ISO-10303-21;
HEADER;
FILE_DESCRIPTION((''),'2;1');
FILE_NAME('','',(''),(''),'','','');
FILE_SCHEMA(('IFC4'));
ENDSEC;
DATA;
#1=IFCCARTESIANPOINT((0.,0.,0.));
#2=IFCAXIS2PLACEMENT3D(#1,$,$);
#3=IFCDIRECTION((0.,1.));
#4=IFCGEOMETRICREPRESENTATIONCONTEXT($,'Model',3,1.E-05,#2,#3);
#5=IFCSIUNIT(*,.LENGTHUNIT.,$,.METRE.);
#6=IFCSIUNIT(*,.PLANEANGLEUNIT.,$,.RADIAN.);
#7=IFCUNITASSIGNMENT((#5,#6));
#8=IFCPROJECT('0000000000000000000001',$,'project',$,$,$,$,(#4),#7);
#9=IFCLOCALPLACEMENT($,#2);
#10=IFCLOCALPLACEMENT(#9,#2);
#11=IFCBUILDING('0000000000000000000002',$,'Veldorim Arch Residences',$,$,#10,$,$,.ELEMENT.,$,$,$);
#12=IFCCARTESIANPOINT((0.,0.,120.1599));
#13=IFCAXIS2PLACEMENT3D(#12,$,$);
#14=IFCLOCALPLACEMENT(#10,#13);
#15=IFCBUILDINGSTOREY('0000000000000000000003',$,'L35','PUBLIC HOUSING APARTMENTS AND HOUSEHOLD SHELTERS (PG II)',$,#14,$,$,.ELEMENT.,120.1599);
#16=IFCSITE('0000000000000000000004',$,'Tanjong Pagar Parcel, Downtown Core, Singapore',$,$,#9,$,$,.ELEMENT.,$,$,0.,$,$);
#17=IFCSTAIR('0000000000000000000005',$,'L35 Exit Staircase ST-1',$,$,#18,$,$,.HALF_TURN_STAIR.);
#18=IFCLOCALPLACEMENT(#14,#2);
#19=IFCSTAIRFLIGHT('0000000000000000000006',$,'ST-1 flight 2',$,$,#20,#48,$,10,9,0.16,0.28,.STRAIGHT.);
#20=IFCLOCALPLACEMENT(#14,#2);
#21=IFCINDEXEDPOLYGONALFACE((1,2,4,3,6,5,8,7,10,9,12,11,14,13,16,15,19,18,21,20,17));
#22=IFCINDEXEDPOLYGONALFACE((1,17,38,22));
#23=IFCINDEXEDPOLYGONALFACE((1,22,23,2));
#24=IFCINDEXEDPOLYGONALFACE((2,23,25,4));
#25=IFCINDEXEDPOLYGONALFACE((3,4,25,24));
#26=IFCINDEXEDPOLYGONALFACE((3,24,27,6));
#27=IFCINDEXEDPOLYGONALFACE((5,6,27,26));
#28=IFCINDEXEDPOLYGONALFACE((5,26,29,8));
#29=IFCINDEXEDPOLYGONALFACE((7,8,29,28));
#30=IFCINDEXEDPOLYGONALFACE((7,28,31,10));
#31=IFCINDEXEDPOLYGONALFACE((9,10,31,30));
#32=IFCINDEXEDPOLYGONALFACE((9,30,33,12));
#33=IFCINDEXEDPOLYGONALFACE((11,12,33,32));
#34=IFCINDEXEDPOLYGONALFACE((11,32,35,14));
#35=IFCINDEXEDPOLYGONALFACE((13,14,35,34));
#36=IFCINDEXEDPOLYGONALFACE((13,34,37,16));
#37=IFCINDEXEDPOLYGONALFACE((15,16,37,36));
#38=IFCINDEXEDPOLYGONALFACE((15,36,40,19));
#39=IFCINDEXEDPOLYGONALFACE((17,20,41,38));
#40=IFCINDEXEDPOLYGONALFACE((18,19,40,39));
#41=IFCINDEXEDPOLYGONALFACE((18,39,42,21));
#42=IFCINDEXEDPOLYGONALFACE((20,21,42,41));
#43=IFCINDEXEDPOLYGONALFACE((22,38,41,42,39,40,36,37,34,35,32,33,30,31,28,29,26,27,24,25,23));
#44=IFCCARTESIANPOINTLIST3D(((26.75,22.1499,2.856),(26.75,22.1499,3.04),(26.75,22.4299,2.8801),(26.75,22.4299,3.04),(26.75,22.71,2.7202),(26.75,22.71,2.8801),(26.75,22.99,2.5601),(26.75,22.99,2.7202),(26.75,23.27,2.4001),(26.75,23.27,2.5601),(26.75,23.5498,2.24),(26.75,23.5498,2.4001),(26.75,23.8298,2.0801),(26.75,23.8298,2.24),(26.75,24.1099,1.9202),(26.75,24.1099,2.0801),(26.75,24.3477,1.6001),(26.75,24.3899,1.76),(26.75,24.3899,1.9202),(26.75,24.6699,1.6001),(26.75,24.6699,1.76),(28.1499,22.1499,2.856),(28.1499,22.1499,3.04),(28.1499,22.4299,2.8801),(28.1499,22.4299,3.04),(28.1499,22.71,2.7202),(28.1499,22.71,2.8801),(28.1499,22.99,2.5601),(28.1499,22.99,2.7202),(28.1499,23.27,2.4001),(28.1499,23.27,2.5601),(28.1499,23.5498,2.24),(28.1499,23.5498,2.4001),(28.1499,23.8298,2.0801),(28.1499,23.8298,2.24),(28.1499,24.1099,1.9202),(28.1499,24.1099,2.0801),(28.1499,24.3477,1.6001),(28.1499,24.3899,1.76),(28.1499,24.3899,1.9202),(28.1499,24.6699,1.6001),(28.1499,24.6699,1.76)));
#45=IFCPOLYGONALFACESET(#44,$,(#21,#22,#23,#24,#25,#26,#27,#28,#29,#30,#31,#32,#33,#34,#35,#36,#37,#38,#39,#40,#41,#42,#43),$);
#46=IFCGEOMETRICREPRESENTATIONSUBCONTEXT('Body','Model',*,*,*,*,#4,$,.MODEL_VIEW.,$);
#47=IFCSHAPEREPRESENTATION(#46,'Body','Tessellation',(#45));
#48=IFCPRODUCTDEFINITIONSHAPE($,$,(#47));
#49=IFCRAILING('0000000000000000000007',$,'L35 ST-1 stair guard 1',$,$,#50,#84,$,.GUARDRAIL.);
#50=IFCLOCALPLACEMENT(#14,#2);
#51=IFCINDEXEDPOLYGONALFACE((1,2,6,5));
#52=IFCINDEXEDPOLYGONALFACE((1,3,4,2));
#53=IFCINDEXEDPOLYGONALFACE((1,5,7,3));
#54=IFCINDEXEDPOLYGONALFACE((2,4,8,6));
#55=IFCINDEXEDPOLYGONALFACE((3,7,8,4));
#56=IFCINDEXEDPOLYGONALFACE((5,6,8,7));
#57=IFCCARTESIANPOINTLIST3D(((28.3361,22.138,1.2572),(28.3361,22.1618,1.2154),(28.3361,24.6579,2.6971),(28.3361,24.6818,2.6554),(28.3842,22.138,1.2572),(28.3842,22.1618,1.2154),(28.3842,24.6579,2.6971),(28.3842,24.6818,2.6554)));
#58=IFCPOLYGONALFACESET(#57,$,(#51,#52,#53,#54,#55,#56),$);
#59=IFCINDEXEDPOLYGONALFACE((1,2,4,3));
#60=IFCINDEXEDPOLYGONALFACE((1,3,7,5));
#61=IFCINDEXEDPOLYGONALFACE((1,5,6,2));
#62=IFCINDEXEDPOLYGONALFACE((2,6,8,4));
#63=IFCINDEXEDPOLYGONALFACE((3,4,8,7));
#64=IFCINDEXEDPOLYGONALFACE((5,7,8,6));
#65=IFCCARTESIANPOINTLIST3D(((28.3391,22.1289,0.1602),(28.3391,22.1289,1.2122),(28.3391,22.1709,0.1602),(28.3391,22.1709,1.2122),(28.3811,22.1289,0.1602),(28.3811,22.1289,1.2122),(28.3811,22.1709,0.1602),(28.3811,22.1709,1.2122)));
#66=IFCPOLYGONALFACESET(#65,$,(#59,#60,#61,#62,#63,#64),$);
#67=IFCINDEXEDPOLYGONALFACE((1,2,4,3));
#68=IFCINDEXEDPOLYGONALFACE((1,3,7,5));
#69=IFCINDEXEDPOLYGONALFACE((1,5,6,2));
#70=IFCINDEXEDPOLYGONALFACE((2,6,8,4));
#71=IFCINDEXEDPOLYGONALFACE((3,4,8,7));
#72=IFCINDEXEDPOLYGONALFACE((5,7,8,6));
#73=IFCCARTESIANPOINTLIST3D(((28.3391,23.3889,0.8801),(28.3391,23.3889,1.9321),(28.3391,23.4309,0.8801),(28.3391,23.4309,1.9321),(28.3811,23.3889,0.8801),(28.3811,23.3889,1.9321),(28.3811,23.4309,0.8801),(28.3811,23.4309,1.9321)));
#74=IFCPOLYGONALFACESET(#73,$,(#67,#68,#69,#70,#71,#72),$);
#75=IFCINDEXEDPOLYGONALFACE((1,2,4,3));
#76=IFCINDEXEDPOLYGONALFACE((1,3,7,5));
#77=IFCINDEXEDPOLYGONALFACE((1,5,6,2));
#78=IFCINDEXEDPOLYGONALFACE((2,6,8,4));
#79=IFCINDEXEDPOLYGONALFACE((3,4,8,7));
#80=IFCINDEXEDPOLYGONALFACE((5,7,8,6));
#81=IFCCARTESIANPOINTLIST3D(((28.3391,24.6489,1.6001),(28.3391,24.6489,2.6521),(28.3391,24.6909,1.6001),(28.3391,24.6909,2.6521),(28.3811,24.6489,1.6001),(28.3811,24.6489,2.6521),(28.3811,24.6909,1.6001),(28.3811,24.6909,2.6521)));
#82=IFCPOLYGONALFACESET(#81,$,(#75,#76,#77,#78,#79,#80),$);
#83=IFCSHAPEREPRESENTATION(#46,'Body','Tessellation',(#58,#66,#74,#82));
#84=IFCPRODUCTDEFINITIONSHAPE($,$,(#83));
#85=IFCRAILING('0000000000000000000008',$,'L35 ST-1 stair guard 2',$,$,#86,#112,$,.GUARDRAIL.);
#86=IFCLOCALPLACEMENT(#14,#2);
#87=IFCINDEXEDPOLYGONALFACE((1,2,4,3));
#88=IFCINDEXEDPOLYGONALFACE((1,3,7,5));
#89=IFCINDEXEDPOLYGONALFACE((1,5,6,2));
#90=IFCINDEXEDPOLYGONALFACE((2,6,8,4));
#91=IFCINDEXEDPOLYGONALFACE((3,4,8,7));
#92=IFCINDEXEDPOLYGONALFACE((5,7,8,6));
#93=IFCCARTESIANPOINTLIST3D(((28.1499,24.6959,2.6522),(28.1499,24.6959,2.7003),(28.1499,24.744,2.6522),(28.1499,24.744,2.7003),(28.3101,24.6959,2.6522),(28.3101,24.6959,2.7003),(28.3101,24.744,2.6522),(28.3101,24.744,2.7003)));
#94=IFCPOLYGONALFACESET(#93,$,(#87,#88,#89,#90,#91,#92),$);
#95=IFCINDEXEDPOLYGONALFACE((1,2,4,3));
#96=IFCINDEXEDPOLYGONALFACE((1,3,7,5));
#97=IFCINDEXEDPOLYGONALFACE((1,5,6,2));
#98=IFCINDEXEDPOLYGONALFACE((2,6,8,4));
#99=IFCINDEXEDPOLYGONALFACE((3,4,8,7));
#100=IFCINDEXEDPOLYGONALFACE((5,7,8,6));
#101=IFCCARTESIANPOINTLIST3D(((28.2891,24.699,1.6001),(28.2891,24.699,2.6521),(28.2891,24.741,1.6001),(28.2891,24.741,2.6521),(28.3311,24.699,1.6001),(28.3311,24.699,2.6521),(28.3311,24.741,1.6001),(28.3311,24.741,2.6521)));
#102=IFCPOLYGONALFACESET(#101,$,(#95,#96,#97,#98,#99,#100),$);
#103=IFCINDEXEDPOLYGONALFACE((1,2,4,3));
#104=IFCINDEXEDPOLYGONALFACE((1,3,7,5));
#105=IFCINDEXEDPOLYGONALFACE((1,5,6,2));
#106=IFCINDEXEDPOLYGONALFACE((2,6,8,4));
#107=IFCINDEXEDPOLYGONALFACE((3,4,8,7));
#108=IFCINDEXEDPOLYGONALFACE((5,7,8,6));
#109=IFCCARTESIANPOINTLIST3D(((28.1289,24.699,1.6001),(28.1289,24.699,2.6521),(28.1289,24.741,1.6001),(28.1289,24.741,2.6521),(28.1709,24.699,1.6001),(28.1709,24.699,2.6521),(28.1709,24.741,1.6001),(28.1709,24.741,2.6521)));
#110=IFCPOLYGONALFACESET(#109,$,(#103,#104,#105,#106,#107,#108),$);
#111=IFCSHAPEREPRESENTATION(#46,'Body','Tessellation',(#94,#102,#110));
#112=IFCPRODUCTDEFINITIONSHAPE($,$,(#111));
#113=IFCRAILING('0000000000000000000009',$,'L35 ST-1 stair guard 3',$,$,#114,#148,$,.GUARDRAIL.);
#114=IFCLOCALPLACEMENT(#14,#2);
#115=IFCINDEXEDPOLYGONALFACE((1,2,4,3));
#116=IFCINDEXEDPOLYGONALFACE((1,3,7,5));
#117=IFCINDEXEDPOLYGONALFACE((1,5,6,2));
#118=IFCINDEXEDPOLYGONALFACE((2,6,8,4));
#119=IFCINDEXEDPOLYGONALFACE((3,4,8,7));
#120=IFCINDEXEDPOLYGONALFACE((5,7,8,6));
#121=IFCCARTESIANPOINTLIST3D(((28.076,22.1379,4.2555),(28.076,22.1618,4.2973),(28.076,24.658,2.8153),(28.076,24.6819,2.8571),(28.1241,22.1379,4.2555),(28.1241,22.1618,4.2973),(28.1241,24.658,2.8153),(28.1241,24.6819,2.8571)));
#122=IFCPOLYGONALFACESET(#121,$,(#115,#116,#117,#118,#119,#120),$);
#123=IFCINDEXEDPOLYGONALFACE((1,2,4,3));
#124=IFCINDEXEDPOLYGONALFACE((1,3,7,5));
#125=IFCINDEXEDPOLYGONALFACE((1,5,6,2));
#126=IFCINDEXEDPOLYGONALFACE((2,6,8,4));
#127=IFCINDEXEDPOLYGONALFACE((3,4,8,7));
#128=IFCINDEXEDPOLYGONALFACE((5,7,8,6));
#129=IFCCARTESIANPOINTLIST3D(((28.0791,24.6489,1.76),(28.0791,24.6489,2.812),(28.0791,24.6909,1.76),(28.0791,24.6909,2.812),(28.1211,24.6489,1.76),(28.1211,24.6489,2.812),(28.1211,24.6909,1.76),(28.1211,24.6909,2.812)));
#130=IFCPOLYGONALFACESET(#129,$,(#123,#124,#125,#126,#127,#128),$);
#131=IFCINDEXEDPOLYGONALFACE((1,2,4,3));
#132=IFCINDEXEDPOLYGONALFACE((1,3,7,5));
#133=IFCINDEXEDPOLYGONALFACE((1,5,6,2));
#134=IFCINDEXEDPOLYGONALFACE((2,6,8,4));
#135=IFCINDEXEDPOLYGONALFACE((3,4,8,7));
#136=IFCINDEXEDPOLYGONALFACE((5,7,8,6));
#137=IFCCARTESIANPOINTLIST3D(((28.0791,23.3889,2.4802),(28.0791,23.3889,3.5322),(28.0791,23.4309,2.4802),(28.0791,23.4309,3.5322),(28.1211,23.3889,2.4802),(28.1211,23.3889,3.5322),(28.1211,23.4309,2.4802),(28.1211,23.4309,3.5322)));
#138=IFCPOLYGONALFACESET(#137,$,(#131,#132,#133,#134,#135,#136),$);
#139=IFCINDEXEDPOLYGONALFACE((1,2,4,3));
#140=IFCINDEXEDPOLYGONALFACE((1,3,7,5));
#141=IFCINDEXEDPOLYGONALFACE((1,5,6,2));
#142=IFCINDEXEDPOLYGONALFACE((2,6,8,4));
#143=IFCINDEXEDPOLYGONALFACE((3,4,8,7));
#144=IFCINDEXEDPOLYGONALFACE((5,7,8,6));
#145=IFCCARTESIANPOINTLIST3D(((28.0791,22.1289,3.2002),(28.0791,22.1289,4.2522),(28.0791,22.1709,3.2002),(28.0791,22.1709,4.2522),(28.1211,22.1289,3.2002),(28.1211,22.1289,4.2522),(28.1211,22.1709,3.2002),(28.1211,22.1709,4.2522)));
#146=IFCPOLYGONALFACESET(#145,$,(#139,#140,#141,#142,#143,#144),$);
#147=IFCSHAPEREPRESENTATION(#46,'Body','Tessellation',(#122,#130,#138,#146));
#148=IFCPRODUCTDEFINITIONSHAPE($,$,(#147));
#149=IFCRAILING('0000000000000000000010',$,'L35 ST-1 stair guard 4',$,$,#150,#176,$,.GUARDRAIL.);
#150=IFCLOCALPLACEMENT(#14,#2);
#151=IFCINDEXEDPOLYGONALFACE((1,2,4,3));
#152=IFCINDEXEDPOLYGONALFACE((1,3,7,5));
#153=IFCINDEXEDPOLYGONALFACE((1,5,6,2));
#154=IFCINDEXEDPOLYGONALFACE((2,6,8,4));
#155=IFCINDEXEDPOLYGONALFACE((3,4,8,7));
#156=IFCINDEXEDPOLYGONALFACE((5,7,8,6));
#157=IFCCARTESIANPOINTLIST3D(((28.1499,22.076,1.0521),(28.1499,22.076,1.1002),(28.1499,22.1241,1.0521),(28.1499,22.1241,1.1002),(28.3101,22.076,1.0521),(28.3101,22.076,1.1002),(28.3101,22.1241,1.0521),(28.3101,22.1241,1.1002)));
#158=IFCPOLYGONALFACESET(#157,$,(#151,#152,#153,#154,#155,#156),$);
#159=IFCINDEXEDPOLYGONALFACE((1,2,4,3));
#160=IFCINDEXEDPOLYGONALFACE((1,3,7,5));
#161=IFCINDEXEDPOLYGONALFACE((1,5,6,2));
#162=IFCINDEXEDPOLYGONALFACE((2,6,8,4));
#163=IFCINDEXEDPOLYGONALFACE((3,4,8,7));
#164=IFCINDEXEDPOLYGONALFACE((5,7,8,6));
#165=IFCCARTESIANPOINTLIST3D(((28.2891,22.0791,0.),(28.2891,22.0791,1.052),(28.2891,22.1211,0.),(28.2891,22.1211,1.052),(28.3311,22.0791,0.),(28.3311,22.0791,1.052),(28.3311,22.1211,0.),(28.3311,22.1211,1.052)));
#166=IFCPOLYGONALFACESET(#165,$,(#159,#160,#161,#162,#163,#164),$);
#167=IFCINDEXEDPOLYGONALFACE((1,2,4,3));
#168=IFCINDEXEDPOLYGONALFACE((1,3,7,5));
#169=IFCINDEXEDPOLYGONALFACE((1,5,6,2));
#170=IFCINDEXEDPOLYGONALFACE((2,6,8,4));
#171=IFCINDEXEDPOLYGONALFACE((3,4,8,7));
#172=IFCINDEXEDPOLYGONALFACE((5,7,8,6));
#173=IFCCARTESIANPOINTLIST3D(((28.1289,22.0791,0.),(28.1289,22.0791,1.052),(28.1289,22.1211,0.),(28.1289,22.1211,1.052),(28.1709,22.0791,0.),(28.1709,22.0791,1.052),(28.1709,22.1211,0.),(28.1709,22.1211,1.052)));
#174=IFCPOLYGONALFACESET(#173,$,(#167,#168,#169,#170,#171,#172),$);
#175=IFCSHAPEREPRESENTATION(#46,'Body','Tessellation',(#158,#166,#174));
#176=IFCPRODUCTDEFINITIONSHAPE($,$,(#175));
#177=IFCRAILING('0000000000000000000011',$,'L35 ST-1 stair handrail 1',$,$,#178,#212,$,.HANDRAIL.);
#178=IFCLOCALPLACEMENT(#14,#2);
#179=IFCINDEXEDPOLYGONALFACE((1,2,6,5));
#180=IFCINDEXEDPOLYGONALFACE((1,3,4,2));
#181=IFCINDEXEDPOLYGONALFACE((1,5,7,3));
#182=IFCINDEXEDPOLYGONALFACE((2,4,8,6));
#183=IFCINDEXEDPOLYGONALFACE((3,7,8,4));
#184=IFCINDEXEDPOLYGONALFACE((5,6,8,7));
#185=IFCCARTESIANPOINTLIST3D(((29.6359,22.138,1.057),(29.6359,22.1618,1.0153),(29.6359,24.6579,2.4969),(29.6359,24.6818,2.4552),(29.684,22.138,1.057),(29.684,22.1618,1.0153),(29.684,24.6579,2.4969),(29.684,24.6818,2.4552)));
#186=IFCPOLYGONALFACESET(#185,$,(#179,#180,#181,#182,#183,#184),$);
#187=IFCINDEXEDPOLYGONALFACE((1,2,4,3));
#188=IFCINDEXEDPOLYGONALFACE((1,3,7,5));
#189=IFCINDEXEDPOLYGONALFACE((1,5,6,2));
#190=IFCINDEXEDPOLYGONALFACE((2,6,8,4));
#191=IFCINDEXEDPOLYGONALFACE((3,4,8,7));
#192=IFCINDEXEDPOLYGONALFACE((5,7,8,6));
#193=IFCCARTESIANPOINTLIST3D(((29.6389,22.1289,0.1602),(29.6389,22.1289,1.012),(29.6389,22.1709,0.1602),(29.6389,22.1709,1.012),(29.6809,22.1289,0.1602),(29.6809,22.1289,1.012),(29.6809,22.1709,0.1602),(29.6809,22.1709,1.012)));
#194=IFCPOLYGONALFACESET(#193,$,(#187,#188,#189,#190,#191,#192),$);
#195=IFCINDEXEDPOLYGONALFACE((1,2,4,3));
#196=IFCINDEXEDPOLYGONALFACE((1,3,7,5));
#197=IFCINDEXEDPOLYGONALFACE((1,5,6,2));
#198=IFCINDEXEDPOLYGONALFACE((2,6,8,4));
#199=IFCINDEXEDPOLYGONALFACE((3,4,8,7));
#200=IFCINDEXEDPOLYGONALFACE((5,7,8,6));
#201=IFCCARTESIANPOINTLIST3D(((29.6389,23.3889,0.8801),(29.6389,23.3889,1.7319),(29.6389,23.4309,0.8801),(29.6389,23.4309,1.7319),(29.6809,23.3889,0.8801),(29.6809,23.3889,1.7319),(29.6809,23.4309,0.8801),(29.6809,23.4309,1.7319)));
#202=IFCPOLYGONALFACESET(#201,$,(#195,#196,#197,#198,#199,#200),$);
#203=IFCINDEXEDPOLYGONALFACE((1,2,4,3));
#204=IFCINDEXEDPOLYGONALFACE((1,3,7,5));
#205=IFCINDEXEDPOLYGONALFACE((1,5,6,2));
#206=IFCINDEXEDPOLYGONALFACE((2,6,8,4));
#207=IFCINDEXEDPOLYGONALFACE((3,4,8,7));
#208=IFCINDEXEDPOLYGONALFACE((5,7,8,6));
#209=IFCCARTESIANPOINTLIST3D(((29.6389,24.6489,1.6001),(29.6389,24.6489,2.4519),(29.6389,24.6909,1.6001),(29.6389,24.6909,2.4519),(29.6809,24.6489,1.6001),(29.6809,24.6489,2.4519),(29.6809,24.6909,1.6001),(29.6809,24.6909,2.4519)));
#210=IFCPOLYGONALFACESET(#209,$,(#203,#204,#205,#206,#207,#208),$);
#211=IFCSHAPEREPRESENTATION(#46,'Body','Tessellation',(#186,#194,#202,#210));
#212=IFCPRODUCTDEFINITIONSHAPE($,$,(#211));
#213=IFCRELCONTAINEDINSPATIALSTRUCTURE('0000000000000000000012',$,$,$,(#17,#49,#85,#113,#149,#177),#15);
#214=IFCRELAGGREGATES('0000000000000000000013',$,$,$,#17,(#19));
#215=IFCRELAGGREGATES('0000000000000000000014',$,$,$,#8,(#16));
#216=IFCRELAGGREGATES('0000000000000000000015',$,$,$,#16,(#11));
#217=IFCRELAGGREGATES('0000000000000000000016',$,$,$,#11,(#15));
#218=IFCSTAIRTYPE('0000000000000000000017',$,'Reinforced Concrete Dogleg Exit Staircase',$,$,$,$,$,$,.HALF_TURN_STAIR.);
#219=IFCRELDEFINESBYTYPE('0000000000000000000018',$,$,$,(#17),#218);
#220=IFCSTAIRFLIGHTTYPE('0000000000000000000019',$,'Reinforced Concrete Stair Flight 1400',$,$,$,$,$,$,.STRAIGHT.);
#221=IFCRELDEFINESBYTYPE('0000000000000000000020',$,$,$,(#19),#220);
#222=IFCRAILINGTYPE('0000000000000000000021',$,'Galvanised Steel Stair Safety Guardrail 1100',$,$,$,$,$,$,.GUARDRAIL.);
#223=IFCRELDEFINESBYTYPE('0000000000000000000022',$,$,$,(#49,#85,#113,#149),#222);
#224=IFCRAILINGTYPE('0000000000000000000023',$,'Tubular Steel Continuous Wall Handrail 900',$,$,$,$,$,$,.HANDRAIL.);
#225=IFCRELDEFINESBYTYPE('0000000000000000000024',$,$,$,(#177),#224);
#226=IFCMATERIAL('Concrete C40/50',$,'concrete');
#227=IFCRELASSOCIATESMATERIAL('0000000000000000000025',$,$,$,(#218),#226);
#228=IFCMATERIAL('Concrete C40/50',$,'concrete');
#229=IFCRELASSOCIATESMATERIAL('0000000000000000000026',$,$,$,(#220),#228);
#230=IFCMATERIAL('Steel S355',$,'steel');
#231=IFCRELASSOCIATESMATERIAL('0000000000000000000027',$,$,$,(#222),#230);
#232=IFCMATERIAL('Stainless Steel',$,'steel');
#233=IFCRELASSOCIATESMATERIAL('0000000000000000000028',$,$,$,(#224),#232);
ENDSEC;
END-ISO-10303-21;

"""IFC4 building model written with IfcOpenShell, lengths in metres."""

from ifc_helpers import new_model, si_unit, direction, frame, origin, origin_2d, place, context, subcontext, project, spatial, polyline, rectangle, outline, extrude, material, type_object, element, aggregate, save


model = new_model("IFC4")

# Units and contexts
model_context = context("Model", 3, precision=1e-05, world=origin(), true_north=direction((0.0, 1.0)))
body_context = subcontext(model_context, "Body", "Model", "MODEL_VIEW")
ifc_project = project(units=[si_unit("LENGTHUNIT", "METRE"), si_unit("PLANEANGLEUNIT", "RADIAN")], contexts=[model_context])

# Site, building, storey
site_placement = place(None, origin())
site = spatial("IfcSite", under=ifc_project, at=site_placement, Name="Tanjong Pagar Parcel, Downtown Core, Singapore", CompositionType="ELEMENT", RefElevation=0.0)
building_placement = place(site_placement, origin())
building = spatial("IfcBuilding", under=site, at=building_placement, Name="Veldorim Arch Residences", CompositionType="ELEMENT")
storey_placement = place(building_placement, frame((0.0, 0.0, 120.1599)))
storey = spatial("IfcBuildingStorey", under=building, at=storey_placement, Name="L35", Description="PUBLIC HOUSING APARTMENTS AND HOUSEHOLD SHELTERS (PG II)", CompositionType="ELEMENT", Elevation=120.1599)

# Stair, stair flight
ifc_material_1 = material(Name="Concrete C40/50", Category="concrete")
stair_type = type_object("IfcStairType", Name="Reinforced Concrete Dogleg Exit Staircase", PredefinedType="HALF_TURN_STAIR", material=ifc_material_1)
stair_placement = place(storey_placement, origin())
stair = element("IfcStair", 1, at=stair_placement, inside=storey, type_object=stair_type, Name="L35 Exit Staircase ST-1", PredefinedType="HALF_TURN_STAIR")
ifc_material_2 = material(Name="Concrete C40/50", Category="concrete")
stair_flight_type = type_object("IfcStairFlightType", Name="Reinforced Concrete Stair Flight 1400", PredefinedType="STRAIGHT", material=ifc_material_2)
stair_flight_1_placement = place(storey_placement, frame((27.45, 24.6699, 1.6001), z_axis=(0.0, 0.0, 1.0), x_axis=(0.0, -1.0, 0.0)))
stair_flight_1 = element("IfcStairFlight", 2, at=stair_flight_1_placement, type_object=stair_flight_type, Name="ST-1 flight 2", NumberOfRisers=10, NumberOfTreads=9, PredefinedType="STRAIGHT", RiserHeight=0.16, TreadLength=0.28, context=body_context, shape_type="SweptSolid", body=[
    extrude(outline(polyline([(0.0, 0.0), (0.0, 0.1599), (0.28, 0.1599), (0.28, 0.3201), (0.5601, 0.3201), (0.5601, 0.48), (0.8401, 0.48), (0.8401, 0.6399), (1.1201, 0.6399), (1.1201, 0.8), (1.3999, 0.8), (1.3999, 0.96), (1.6799, 0.96), (1.6799, 1.1201), (1.96, 1.1201), (1.96, 1.28), (2.24, 1.28), (2.24, 1.4399), (2.52, 1.4399), (2.52, 1.6001), (2.52, 1.2559), (0.3223, 0.0), (0.0, 0.0)])), frame((0.0, 0.7, 0.0), z_axis=(0.0, -1.0, 0.0), x_axis=(1.0, 0.0, 0.0)), (0.0, 0.0, 1.0), 1.3999),
])
aggregate(stair, [stair_flight_1])

# Railings
ifc_material_3 = material(Name="Steel S355", Category="steel")
railing_type_1 = type_object("IfcRailingType", Name="Galvanised Steel Stair Safety Guardrail 1100", PredefinedType="GUARDRAIL", material=ifc_material_3)
railing_1_placement = place(storey_placement, frame((28.3601, 22.1499, 0.1602)))
element("IfcRailing", 3, at=railing_1_placement, inside=storey, type_object=railing_type_1, Name="L35 ST-1 stair guard 1", PredefinedType="GUARDRAIL", context=body_context, shape_type="SweptSolid", body=[
    extrude(rectangle(XDim=0.0481, YDim=0.0481, at=origin_2d()), frame((0.0, 0.0, 1.0762), z_axis=(0.0, 0.868253, 0.496121), x_axis=(-1.0, 0.0, 0.0)), (0.0, 0.0, 1.0), 2.9023),
    extrude(rectangle(XDim=0.042, YDim=0.042, at=origin_2d()), origin(), (0.0, 0.0, 1.0), 1.052),
    extrude(rectangle(XDim=0.042, YDim=0.042, at=origin_2d()), frame((0.0, 1.26, 0.72)), (0.0, 0.0, 1.0), 1.052),
    extrude(rectangle(XDim=0.042, YDim=0.042, at=origin_2d()), frame((0.0, 2.52, 1.4399)), (0.0, 0.0, 1.0), 1.052),
])
railing_2_placement = place(storey_placement, frame((28.3101, 24.72, 1.6001)))
element("IfcRailing", 4, at=railing_2_placement, inside=storey, type_object=railing_type_1, Name="L35 ST-1 stair guard 2", PredefinedType="GUARDRAIL", context=body_context, shape_type="SweptSolid", body=[
    extrude(rectangle(XDim=0.0481, YDim=0.0481, at=origin_2d()), frame((0.0, 0.0, 1.0762), z_axis=(-1.0, 0.0, 0.0), x_axis=(0.0, -1.0, 0.0)), (0.0, 0.0, 1.0), 0.1602),
    extrude(rectangle(XDim=0.042, YDim=0.042, at=origin_2d()), origin(), (0.0, 0.0, 1.0), 1.052),
    extrude(rectangle(XDim=0.042, YDim=0.042, at=origin_2d()), frame((-0.1602, 0.0, 0.0)), (0.0, 0.0, 1.0), 1.052),
])
railing_3_placement = place(storey_placement, frame((28.1001, 24.6699, 1.76)))
element("IfcRailing", 5, at=railing_3_placement, inside=storey, type_object=railing_type_1, Name="L35 ST-1 stair guard 3", PredefinedType="GUARDRAIL", context=body_context, shape_type="SweptSolid", body=[
    extrude(rectangle(XDim=0.0481, YDim=0.0481, at=origin_2d()), frame((0.0, 0.0, 1.0762), z_axis=(0.0, -0.868217, 0.496184), x_axis=(1.0, 0.0, 0.0)), (0.0, 0.0, 1.0), 2.9026),
    extrude(rectangle(XDim=0.042, YDim=0.042, at=origin_2d()), origin(), (0.0, 0.0, 1.0), 1.052),
    extrude(rectangle(XDim=0.042, YDim=0.042, at=origin_2d()), frame((0.0, -1.26, 0.7202)), (0.0, 0.0, 1.0), 1.052),
    extrude(rectangle(XDim=0.042, YDim=0.042, at=origin_2d()), frame((0.0, -2.52, 1.4402)), (0.0, 0.0, 1.0), 1.052),
])
railing_4_placement = place(storey_placement, frame((28.3101, 22.1001, 0.0)))
element("IfcRailing", 6, at=railing_4_placement, inside=storey, type_object=railing_type_1, Name="L35 ST-1 stair guard 4", PredefinedType="GUARDRAIL", context=body_context, shape_type="SweptSolid", body=[
    extrude(rectangle(XDim=0.0481, YDim=0.0481, at=origin_2d()), frame((0.0, 0.0, 1.0762), z_axis=(-1.0, 0.0, 0.0), x_axis=(0.0, -1.0, 0.0)), (0.0, 0.0, 1.0), 0.1602),
    extrude(rectangle(XDim=0.042, YDim=0.042, at=origin_2d()), origin(), (0.0, 0.0, 1.0), 1.052),
    extrude(rectangle(XDim=0.042, YDim=0.042, at=origin_2d()), frame((-0.1602, 0.0, 0.0)), (0.0, 0.0, 1.0), 1.052),
])
ifc_material_4 = material(Name="Stainless Steel", Category="steel")
railing_type_2 = type_object("IfcRailingType", Name="Tubular Steel Continuous Wall Handrail 900", PredefinedType="HANDRAIL", material=ifc_material_4)
railing_5_placement = place(storey_placement, frame((29.6599, 22.1499, 0.1602)))
element("IfcRailing", 7, at=railing_5_placement, inside=storey, type_object=railing_type_2, Name="L35 ST-1 stair handrail 1", PredefinedType="HANDRAIL", context=body_context, shape_type="SweptSolid", body=[
    extrude(rectangle(XDim=0.0481, YDim=0.0481, at=origin_2d()), frame((0.0, 0.0, 0.876), z_axis=(0.0, 0.868253, 0.496121), x_axis=(-1.0, 0.0, 0.0)), (0.0, 0.0, 1.0), 2.9023),
    extrude(rectangle(XDim=0.042, YDim=0.042, at=origin_2d()), origin(), (0.0, 0.0, 1.0), 0.8518),
    extrude(rectangle(XDim=0.042, YDim=0.042, at=origin_2d()), frame((0.0, 1.26, 0.72)), (0.0, 0.0, 1.0), 0.8518),
    extrude(rectangle(XDim=0.042, YDim=0.042, at=origin_2d()), frame((0.0, 2.52, 1.4399)), (0.0, 0.0, 1.0), 0.8518),
])

save(model, "model.ifc")
